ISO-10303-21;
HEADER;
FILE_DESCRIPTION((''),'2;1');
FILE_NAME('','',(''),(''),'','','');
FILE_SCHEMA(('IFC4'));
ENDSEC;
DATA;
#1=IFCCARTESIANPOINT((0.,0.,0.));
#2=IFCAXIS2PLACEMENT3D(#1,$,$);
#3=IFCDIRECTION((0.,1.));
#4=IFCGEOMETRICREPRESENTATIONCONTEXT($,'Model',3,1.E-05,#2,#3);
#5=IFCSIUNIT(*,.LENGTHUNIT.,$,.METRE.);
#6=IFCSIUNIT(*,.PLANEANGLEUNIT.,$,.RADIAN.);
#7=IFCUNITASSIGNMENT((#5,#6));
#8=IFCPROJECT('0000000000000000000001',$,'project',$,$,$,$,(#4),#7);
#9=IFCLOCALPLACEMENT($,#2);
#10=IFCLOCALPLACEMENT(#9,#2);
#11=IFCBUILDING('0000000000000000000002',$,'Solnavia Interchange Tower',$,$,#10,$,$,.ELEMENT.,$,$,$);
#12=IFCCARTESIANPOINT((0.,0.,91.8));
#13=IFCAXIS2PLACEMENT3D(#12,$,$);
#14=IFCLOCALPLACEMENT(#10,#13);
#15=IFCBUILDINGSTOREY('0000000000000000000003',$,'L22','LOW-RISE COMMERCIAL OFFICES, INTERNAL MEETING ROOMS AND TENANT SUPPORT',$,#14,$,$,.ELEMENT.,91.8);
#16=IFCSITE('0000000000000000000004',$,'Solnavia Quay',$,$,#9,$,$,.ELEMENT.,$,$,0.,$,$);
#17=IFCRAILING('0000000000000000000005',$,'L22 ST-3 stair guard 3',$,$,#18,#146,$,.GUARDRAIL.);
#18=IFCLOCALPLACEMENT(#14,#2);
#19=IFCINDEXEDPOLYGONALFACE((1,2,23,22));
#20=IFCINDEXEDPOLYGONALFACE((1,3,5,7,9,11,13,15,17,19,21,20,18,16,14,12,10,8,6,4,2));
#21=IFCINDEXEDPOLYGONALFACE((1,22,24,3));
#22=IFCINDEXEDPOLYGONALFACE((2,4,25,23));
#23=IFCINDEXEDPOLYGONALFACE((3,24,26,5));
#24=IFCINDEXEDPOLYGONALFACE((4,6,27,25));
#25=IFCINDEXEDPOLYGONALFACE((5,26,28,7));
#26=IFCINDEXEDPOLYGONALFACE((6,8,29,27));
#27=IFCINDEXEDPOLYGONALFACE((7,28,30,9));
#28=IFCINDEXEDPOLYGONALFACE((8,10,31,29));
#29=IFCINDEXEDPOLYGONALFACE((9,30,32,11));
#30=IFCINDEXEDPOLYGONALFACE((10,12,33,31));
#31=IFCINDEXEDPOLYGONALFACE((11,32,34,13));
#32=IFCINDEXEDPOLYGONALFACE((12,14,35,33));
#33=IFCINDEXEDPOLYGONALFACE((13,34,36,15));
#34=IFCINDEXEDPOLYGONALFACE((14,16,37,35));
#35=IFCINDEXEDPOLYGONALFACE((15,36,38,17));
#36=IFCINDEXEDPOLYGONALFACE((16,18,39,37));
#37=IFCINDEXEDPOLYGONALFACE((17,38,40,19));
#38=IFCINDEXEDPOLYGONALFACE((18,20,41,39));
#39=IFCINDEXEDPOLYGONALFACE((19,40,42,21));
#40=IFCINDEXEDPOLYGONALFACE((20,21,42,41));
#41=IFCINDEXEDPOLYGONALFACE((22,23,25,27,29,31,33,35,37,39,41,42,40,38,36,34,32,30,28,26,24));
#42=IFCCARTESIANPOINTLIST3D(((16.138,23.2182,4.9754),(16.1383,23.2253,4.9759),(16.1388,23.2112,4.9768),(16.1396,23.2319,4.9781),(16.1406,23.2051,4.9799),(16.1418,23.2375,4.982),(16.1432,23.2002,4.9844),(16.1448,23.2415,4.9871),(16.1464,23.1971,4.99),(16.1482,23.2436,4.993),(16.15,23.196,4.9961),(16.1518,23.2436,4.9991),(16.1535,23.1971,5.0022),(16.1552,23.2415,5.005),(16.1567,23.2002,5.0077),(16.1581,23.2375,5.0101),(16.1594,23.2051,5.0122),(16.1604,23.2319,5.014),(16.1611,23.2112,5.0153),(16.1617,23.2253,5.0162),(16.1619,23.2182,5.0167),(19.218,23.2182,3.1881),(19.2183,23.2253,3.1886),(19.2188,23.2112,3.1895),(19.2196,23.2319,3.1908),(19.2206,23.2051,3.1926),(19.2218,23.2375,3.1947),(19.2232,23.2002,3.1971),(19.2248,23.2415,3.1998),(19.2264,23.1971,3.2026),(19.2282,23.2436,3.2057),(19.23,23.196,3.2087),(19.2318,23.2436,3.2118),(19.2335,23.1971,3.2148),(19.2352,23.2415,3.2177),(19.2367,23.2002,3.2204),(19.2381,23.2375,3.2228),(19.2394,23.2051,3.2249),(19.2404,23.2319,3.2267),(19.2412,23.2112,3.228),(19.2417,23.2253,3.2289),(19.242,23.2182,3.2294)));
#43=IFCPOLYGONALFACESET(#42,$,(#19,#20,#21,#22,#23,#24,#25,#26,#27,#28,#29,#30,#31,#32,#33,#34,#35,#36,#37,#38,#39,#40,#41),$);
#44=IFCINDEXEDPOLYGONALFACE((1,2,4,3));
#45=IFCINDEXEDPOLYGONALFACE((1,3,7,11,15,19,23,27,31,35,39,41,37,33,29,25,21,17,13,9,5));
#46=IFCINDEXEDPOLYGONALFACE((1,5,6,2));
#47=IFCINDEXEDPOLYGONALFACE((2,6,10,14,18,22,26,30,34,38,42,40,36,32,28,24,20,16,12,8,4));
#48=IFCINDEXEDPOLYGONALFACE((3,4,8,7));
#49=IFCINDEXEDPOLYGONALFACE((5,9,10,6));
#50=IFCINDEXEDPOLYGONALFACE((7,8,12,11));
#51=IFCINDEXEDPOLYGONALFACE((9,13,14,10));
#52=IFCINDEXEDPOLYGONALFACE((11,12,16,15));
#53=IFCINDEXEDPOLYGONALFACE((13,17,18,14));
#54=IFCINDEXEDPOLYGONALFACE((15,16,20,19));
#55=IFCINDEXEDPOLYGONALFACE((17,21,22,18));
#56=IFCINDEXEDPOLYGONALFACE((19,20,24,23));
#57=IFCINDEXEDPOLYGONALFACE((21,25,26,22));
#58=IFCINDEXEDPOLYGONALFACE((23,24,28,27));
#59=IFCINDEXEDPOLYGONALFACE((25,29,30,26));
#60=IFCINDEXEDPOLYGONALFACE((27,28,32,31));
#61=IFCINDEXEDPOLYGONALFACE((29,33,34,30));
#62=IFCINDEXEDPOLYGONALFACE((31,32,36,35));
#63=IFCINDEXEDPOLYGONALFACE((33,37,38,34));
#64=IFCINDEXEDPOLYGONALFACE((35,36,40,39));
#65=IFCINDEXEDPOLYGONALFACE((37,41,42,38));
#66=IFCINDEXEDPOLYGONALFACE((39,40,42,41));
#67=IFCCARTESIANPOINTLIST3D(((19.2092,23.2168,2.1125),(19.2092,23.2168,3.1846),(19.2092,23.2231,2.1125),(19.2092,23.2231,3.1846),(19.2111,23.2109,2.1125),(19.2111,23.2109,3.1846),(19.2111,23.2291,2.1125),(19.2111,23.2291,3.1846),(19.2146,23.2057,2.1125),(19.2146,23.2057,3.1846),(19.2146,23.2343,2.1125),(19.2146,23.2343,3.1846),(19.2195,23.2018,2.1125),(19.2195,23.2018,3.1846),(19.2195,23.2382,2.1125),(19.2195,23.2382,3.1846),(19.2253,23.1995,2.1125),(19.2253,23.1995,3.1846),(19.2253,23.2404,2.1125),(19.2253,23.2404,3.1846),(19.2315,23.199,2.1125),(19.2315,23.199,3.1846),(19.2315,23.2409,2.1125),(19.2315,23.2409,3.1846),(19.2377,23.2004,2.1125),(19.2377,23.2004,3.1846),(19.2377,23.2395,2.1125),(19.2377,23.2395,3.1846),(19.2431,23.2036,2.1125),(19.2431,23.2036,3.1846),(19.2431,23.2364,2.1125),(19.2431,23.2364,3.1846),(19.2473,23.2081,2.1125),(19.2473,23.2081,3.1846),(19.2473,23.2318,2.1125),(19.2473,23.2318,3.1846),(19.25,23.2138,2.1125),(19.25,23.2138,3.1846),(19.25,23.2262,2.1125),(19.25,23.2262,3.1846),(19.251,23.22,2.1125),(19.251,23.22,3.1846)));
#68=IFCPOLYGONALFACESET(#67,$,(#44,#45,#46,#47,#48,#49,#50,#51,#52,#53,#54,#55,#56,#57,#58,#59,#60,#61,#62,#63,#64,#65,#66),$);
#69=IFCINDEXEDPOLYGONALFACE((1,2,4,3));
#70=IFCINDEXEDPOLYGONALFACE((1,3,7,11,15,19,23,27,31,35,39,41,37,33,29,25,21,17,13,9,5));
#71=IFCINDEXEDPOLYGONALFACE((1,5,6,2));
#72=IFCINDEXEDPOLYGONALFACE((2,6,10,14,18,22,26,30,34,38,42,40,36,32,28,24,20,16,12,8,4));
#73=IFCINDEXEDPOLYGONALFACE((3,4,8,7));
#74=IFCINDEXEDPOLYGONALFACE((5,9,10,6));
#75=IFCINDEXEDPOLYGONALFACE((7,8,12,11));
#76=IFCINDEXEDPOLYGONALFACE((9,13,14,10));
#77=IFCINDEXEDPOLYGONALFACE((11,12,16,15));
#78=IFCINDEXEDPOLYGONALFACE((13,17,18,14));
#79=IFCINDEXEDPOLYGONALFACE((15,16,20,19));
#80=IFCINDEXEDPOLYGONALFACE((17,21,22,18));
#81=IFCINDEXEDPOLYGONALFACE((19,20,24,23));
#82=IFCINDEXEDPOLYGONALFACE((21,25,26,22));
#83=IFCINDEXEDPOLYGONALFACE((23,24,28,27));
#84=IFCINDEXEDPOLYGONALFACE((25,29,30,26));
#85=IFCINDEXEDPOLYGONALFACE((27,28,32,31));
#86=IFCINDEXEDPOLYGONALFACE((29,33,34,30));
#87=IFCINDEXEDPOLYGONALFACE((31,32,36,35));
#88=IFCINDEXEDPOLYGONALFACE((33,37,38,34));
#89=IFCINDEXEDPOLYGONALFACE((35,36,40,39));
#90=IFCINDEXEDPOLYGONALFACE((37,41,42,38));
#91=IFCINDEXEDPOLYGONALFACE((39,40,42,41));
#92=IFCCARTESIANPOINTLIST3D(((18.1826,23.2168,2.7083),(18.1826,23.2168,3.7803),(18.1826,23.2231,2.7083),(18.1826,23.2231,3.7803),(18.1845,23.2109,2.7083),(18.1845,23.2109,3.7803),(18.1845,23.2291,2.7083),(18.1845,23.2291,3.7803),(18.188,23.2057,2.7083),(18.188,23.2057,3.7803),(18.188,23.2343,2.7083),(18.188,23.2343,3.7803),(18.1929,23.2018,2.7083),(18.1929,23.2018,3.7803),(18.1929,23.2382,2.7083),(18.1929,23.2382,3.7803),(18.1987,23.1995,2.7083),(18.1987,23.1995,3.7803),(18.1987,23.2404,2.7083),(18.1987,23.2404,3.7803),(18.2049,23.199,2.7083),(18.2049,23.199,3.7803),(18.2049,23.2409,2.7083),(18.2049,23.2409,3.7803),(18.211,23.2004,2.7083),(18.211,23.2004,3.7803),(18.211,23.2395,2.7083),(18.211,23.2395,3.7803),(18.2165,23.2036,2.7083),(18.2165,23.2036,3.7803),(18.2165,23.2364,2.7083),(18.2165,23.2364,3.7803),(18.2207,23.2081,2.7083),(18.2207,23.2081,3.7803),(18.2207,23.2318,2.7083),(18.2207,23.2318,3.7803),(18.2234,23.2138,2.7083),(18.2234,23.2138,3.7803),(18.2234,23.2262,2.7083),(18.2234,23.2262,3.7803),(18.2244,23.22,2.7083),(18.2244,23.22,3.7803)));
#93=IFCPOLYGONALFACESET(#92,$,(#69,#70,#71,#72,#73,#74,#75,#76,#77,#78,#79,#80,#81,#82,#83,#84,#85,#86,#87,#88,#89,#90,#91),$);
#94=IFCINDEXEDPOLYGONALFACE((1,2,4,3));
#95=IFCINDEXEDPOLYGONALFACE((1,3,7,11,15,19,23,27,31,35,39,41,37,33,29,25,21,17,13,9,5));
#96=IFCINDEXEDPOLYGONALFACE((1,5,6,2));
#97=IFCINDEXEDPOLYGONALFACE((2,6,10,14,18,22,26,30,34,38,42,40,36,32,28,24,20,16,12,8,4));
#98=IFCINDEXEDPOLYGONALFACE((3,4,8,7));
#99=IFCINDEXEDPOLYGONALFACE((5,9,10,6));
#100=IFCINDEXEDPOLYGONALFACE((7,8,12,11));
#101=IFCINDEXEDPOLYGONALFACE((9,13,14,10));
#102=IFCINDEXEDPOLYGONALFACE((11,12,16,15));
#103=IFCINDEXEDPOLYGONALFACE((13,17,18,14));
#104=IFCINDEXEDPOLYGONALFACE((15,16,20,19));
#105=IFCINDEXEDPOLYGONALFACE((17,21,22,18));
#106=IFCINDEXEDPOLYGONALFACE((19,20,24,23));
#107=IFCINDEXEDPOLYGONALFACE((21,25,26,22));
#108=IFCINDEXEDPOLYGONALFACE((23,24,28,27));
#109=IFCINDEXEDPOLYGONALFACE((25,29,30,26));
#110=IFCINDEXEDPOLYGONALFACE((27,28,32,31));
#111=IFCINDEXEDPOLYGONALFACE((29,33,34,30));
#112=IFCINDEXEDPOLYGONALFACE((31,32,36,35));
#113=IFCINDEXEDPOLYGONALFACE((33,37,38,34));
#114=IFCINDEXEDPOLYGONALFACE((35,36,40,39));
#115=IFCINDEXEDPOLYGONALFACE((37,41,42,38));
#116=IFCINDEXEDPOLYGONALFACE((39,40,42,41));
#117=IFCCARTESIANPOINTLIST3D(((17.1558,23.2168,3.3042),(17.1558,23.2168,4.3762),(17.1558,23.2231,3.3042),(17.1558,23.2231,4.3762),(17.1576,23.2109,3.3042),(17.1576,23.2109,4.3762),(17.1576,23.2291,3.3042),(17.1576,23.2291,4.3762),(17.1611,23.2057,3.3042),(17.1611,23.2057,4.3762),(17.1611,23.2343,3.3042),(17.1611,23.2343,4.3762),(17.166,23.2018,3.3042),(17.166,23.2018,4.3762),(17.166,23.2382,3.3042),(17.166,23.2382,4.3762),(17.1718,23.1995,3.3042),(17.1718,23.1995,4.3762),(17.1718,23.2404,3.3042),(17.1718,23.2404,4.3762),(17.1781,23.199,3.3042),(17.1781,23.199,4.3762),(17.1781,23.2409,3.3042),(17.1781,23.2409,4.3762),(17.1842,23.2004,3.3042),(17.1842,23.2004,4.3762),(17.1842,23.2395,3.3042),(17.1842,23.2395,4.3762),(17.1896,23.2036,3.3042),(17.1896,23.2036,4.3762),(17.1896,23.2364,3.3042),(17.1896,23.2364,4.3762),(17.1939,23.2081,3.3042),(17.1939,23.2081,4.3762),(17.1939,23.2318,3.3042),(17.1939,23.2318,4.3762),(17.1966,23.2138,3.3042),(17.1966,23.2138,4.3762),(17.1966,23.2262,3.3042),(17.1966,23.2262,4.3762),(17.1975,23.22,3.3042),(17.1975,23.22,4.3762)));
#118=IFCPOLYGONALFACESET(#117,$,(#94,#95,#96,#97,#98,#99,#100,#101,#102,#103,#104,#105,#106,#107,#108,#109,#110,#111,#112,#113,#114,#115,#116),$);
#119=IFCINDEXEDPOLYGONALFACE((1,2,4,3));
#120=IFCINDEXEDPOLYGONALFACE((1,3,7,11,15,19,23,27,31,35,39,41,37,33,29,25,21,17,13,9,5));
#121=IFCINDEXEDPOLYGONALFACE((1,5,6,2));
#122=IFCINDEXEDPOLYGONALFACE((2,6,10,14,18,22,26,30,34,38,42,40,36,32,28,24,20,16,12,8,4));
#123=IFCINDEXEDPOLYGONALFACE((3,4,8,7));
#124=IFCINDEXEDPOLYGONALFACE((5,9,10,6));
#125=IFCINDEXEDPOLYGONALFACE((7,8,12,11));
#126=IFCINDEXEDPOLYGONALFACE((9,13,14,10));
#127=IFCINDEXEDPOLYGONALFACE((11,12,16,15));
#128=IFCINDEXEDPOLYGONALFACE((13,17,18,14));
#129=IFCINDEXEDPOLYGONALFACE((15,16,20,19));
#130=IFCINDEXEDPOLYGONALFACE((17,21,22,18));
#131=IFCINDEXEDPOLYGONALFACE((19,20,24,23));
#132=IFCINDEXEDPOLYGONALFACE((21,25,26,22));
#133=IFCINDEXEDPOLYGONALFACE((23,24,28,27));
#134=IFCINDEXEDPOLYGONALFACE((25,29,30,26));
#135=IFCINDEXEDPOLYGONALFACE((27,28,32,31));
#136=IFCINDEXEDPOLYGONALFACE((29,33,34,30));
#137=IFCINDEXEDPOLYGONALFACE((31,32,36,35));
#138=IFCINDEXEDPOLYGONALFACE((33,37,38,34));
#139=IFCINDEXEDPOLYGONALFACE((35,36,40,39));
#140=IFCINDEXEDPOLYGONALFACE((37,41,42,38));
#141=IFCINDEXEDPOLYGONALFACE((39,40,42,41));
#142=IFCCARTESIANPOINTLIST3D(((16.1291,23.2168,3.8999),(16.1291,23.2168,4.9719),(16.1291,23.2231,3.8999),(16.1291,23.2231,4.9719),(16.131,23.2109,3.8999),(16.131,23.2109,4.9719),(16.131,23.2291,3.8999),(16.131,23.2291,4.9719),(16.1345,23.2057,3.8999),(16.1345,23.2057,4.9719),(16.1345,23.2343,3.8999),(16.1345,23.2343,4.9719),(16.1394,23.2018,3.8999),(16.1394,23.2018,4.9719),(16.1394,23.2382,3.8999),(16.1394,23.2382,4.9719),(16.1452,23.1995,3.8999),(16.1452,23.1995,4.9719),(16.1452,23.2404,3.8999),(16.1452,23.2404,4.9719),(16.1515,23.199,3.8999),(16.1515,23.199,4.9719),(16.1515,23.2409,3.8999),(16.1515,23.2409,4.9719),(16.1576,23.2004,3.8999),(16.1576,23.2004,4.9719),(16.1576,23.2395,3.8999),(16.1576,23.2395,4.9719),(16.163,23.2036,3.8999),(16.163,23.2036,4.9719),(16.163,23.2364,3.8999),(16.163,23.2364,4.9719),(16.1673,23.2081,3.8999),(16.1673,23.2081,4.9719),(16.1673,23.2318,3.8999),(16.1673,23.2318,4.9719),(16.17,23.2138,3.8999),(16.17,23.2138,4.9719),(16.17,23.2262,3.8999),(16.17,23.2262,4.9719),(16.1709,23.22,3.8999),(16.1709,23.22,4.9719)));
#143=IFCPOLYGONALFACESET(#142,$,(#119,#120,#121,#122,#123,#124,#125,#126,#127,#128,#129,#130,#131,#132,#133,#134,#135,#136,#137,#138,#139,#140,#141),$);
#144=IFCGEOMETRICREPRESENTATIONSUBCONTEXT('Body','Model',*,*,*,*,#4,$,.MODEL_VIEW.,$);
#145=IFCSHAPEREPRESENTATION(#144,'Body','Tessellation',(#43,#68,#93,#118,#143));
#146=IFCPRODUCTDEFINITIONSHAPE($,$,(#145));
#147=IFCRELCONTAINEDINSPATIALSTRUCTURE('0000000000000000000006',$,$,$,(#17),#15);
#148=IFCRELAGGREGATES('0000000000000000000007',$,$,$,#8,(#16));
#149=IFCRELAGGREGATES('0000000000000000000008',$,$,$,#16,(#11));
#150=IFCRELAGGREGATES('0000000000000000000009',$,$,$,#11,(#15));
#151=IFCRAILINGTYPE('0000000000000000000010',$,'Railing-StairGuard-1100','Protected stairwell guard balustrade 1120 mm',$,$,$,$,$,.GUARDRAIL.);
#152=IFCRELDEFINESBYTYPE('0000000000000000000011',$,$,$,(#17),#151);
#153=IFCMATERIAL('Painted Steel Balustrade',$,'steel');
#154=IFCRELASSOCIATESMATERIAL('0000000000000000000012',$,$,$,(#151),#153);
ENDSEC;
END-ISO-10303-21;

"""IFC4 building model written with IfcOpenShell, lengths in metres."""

from ifc_helpers import new_model, si_unit, direction, frame, origin, origin_2d, place, context, subcontext, project, spatial, circle, extrude, material, type_object, element, save


model = new_model("IFC4")

# Units and contexts
model_context = context("Model", 3, precision=1e-05, world=origin(), true_north=direction((0.0, 1.0)))
body_context = subcontext(model_context, "Body", "Model", "MODEL_VIEW")
ifc_project = project(units=[si_unit("LENGTHUNIT", "METRE"), si_unit("PLANEANGLEUNIT", "RADIAN")], contexts=[model_context])

# Site, building, storey
site_placement = place(None, origin())
site = spatial("IfcSite", under=ifc_project, at=site_placement, Name="Solnavia Quay", CompositionType="ELEMENT", RefElevation=0.0)
building_placement = place(site_placement, origin())
building = spatial("IfcBuilding", under=site, at=building_placement, Name="Solnavia Interchange Tower", CompositionType="ELEMENT")
storey_placement = place(building_placement, frame((0.0, 0.0, 91.8)))
storey = spatial("IfcBuildingStorey", under=building, at=storey_placement, Name="L22", Description="LOW-RISE COMMERCIAL OFFICES, INTERNAL MEETING ROOMS AND TENANT SUPPORT", CompositionType="ELEMENT", Elevation=91.8)

# Railing
ifc_material_1 = material(Name="Painted Steel Balustrade", Category="steel")
railing_type_1 = type_object("IfcRailingType", Name="Railing-StairGuard-1100", Description="Protected stairwell guard balustrade 1120 mm", PredefinedType="GUARDRAIL", material=ifc_material_1)
railing_1_placement = place(storey_placement, frame((19.23, 23.22, 2.1125)))
element("IfcRailing", 1, at=railing_1_placement, inside=storey, type_object=railing_type_1, Name="L22 ST-3 stair guard 3", PredefinedType="GUARDRAIL", context=body_context, shape_type="SweptSolid", body=[
    extrude(circle(Radius=0.0239, at=origin_2d()), frame((0.0, 0.0, 1.0962), z_axis=(-0.86492, 0.0, 0.501909), x_axis=(0.0, -1.0, 0.0)), (0.0, 0.0, 1.0), 3.561),
    extrude(circle(Radius=0.021, at=origin_2d()), origin(), (0.0, 0.0, 1.0), 1.072),
    extrude(circle(Radius=0.021, at=origin_2d()), frame((-1.0266, 0.0, 0.5957)), (0.0, 0.0, 1.0), 1.072),
    extrude(circle(Radius=0.021, at=origin_2d()), frame((-2.0535, 0.0, 1.1917)), (0.0, 0.0, 1.0), 1.072),
    extrude(circle(Radius=0.021, at=origin_2d()), frame((-3.0801, 0.0, 1.7874)), (0.0, 0.0, 1.0), 1.072),
])

save(model, "model.ifc")
